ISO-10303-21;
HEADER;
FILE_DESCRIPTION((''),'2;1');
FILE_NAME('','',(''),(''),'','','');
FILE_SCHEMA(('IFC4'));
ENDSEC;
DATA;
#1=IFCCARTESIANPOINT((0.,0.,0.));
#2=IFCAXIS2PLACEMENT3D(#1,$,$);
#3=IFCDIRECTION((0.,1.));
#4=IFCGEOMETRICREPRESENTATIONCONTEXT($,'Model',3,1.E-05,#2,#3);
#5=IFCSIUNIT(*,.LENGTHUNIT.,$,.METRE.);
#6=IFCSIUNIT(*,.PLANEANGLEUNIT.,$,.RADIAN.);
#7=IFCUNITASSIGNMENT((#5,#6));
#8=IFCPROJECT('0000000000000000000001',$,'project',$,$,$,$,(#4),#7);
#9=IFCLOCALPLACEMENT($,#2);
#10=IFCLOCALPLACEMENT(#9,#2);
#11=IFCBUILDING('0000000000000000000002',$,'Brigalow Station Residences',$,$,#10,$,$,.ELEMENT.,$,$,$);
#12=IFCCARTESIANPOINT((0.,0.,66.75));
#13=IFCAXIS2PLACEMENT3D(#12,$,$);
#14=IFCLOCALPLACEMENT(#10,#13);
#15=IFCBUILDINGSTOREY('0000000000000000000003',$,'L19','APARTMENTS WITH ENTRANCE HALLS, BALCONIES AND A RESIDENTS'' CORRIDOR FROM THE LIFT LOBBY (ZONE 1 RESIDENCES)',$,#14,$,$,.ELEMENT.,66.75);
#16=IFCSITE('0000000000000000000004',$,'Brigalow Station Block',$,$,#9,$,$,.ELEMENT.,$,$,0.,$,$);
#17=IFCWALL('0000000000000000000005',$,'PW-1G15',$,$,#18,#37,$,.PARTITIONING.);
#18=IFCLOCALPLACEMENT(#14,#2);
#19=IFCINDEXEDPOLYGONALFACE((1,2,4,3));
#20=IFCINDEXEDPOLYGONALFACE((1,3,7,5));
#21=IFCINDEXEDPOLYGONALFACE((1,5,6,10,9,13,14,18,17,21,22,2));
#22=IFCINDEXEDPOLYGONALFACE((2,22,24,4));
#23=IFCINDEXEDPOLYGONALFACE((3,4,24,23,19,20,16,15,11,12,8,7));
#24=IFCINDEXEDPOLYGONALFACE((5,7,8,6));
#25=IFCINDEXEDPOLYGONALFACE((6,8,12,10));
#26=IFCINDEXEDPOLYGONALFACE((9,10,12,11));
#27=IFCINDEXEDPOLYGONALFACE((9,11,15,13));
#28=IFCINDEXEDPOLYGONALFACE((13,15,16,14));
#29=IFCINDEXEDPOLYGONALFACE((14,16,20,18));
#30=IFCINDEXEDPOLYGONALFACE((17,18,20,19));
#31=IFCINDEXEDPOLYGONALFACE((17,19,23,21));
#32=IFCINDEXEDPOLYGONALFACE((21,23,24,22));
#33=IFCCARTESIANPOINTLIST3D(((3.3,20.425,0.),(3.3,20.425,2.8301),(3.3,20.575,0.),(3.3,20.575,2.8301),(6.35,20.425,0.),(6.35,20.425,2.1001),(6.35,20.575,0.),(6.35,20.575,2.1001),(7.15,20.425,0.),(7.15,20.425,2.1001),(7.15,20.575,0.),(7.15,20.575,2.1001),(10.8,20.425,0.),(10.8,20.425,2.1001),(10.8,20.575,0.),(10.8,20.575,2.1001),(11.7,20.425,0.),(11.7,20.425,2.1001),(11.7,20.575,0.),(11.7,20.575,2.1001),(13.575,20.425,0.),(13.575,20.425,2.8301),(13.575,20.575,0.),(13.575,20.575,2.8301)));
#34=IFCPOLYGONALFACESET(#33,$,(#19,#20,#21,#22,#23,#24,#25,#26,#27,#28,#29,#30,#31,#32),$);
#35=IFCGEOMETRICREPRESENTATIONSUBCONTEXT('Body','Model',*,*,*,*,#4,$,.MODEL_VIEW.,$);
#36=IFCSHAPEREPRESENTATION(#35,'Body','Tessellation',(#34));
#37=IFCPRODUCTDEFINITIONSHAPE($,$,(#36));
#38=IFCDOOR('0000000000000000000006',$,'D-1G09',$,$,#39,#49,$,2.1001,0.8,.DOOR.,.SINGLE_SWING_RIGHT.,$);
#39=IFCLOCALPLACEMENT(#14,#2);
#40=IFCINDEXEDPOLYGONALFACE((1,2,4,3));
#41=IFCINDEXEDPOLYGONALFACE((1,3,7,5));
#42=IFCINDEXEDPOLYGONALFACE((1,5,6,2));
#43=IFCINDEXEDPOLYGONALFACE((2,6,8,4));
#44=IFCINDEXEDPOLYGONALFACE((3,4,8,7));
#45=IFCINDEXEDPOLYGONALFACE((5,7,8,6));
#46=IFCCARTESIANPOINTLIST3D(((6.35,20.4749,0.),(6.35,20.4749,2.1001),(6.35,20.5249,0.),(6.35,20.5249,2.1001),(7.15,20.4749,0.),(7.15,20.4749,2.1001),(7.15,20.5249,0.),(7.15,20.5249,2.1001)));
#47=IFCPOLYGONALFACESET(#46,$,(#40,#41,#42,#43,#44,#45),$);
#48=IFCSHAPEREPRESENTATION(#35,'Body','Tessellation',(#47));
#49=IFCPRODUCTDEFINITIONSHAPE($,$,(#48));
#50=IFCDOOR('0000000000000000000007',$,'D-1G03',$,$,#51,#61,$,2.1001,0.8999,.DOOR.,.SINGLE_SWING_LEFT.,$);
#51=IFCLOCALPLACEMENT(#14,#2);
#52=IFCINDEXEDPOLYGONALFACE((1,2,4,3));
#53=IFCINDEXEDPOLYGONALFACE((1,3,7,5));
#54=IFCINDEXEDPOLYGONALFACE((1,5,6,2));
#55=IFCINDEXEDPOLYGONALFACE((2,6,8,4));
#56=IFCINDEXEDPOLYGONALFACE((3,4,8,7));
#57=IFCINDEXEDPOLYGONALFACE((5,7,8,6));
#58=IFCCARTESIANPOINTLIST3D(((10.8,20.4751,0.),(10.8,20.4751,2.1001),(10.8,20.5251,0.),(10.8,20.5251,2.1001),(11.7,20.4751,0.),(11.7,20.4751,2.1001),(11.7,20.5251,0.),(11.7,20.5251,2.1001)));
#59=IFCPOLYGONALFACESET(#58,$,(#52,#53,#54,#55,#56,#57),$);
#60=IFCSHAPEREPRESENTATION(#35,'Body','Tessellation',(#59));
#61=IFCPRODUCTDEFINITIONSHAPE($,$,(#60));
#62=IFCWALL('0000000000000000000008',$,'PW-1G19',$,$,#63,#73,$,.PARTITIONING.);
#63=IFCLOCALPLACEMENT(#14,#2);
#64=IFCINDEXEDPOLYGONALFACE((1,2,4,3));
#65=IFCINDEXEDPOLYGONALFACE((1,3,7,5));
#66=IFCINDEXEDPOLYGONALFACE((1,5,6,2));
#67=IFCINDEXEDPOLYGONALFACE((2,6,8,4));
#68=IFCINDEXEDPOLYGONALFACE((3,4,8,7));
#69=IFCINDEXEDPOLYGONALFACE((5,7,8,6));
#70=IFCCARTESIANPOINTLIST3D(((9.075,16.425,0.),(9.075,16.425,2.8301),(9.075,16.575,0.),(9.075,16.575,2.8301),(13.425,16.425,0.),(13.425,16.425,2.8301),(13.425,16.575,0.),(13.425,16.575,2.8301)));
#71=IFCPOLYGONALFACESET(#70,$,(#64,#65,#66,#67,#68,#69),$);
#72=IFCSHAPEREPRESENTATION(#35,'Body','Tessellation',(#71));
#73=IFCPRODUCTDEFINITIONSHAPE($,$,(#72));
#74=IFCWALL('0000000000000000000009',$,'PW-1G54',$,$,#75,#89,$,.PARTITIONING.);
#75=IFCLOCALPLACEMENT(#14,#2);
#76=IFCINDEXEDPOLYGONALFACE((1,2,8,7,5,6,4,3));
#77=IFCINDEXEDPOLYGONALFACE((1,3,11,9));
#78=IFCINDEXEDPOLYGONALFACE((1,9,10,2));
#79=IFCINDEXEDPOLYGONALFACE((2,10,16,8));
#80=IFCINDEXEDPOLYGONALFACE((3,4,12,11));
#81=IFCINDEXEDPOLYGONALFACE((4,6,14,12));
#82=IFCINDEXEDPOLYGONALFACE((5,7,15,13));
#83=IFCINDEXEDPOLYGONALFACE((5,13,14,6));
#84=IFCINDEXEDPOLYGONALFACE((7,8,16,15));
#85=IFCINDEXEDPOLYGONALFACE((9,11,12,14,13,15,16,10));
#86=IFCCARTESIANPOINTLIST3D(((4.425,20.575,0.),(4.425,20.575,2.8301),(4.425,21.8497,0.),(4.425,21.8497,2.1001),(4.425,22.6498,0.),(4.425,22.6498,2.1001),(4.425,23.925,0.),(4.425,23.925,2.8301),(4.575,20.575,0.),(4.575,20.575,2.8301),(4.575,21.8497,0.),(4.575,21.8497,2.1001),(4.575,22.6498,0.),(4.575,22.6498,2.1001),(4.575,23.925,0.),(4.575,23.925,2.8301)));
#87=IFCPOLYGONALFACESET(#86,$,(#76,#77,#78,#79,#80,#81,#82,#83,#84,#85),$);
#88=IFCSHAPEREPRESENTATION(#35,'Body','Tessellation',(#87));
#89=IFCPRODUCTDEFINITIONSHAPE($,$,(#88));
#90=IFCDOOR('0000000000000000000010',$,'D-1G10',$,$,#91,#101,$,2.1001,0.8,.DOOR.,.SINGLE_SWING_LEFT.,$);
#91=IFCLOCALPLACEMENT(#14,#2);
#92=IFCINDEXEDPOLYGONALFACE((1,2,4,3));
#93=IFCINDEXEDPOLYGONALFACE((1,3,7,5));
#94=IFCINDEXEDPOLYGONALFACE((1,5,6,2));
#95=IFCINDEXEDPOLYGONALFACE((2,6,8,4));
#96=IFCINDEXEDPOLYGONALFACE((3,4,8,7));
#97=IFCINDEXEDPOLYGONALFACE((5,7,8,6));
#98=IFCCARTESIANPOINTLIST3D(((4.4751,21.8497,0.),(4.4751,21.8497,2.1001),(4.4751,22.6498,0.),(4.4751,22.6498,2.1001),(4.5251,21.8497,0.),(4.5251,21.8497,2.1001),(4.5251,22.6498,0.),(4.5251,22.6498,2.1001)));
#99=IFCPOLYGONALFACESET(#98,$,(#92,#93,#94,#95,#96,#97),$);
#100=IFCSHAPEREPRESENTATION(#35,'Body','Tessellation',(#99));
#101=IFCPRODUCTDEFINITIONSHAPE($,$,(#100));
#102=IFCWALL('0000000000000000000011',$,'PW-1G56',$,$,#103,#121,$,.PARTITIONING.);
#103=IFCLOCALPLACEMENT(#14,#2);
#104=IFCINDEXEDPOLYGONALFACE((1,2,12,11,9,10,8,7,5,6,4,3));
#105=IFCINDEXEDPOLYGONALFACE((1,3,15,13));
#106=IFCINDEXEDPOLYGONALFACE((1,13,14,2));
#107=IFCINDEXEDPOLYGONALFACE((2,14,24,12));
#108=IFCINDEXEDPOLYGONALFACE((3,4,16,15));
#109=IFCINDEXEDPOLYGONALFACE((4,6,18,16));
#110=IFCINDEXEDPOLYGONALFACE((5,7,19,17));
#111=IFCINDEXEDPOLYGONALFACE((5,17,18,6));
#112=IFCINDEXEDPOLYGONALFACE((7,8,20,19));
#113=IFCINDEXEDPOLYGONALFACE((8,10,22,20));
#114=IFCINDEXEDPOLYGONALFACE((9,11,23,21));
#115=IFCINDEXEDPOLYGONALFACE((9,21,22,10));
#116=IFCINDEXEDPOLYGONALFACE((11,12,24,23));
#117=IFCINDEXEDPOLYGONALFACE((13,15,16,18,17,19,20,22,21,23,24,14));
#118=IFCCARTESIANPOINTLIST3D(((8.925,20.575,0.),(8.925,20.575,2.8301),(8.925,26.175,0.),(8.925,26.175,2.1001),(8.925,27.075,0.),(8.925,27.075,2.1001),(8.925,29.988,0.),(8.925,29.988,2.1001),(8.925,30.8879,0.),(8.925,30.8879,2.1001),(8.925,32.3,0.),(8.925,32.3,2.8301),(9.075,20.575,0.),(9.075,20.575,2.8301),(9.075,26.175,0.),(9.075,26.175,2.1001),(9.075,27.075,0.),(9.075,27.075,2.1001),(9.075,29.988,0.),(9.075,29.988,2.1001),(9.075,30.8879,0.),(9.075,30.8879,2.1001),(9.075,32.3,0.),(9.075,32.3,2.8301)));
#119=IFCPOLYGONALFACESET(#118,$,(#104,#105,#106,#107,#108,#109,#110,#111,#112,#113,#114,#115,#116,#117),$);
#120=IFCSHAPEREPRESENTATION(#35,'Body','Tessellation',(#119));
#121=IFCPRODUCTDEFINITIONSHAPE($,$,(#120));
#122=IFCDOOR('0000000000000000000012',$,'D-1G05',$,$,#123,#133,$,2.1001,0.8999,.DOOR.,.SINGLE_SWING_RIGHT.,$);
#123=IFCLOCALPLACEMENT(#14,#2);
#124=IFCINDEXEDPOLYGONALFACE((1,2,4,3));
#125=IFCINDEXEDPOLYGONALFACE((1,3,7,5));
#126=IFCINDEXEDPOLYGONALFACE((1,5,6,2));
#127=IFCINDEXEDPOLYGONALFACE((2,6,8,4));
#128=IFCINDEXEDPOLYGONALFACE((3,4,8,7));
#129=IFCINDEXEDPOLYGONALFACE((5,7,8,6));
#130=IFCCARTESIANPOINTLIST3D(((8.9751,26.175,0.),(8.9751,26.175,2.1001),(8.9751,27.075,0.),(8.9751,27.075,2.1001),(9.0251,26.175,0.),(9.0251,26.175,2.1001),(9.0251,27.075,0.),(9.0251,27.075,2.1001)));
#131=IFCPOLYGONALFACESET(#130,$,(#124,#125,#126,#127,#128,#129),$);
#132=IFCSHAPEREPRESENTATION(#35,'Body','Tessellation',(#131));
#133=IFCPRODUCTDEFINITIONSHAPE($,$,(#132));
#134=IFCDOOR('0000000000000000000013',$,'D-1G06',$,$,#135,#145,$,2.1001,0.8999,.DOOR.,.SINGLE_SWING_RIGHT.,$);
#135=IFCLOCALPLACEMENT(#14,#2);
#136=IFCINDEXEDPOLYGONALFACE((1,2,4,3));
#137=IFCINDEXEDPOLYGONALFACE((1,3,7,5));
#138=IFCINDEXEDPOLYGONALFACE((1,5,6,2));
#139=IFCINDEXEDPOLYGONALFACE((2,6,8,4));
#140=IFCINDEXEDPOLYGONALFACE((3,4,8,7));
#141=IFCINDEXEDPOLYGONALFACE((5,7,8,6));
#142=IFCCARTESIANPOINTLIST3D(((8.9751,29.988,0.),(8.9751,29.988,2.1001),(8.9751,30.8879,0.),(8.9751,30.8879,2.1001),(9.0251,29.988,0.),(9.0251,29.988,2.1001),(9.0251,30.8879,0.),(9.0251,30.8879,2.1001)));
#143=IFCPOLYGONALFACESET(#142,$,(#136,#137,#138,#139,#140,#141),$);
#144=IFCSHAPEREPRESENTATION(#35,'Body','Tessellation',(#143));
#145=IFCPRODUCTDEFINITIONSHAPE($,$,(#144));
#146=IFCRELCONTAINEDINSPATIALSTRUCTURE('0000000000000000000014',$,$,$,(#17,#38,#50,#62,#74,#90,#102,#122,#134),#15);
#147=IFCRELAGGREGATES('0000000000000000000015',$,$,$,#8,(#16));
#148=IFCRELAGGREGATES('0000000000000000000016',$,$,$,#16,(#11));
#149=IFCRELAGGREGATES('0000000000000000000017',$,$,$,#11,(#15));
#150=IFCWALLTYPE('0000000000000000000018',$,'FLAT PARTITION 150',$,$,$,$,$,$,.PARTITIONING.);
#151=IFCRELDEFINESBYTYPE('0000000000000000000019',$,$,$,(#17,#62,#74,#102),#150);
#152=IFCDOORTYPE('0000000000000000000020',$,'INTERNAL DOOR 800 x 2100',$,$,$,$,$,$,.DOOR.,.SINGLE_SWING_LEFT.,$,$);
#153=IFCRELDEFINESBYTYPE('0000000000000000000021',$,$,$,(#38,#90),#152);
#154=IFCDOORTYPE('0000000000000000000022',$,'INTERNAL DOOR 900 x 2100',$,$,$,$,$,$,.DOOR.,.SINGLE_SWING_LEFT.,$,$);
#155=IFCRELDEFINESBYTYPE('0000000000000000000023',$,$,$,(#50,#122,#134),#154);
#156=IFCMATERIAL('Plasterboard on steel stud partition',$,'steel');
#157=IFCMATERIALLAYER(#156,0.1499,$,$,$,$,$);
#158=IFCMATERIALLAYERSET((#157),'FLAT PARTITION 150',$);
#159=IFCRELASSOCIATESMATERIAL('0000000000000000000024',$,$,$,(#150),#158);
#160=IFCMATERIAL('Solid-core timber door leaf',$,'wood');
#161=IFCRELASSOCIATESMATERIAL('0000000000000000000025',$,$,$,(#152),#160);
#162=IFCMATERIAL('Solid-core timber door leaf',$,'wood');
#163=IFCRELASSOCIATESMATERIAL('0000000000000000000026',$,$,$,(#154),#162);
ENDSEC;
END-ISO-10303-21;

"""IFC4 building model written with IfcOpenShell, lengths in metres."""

from ifc_helpers import new_model, si_unit, direction, frame, frame_2d, origin, place, context, subcontext, project, spatial, rectangle, extrude, material, layer, layer_set, type_object, element, fill, save


model = new_model("IFC4")

# Units and contexts
model_context = context("Model", 3, precision=1e-05, world=origin(), true_north=direction((0.0, 1.0)))
body_context = subcontext(model_context, "Body", "Model", "MODEL_VIEW")
ifc_project = project(units=[si_unit("LENGTHUNIT", "METRE"), si_unit("PLANEANGLEUNIT", "RADIAN")], contexts=[model_context])

# Site, building, storey
site_placement = place(None, origin())
site = spatial("IfcSite", under=ifc_project, at=site_placement, Name="Brigalow Station Block", CompositionType="ELEMENT", RefElevation=0.0)
building_placement = place(site_placement, origin())
building = spatial("IfcBuilding", under=site, at=building_placement, Name="Brigalow Station Residences", CompositionType="ELEMENT")
storey_placement = place(building_placement, frame((0.0, 0.0, 66.75)))
storey = spatial("IfcBuildingStorey", under=building, at=storey_placement, Name="L19", Description="APARTMENTS WITH ENTRANCE HALLS, BALCONIES AND A RESIDENTS' CORRIDOR FROM THE LIFT LOBBY (ZONE 1 RESIDENCES)", CompositionType="ELEMENT", Elevation=66.75)

# Wall, openings, doors
ifc_material_1 = material(Name="Plasterboard on steel stud partition", Category="steel")
ifc_layer_1 = layer(ifc_material_1, 0.1499)
ifc_layer_set_1 = layer_set([ifc_layer_1], Name="FLAT PARTITION 150")
wall_type_1 = type_object("IfcWallType", Name="FLAT PARTITION 150", PredefinedType="PARTITIONING", material=ifc_layer_set_1)
wall_1_placement = place(storey_placement, frame((3.3, 20.5, 0.0), z_axis=(0.0, 0.0, 1.0), x_axis=(1.0, 0.0, 0.0)))
wall_1 = element("IfcWall", 1, at=wall_1_placement, inside=storey, type_object=wall_type_1, Name="PW-1G15", PredefinedType="PARTITIONING", context=body_context, shape_type="SweptSolid", body=[
    extrude(rectangle(XDim=10.2749, YDim=0.1499, at=frame_2d((5.1375, 0.0))), origin(), (0.0, 0.0, 1.0), 2.8301),
])
opening_1_placement = place(wall_1_placement, frame((7.5, 0.0, 0.0)))
opening_1 = element("IfcOpeningElement", 2, at=opening_1_placement, cuts=wall_1, PredefinedType="OPENING", context=body_context, shape_type="SweptSolid", body=[
    extrude(rectangle(XDim=0.8999, YDim=2.1001, at=frame_2d((0.45, 1.05))), frame((0.0, 0.085, 0.0), z_axis=(0.0, -1.0, 0.0), x_axis=(1.0, 0.0, 0.0)), (0.0, 0.0, 1.0), 0.1699),
])
opening_2_placement = place(wall_1_placement, frame((3.05, 0.0, 0.0)))
opening_2 = element("IfcOpeningElement", 3, at=opening_2_placement, cuts=wall_1, PredefinedType="OPENING", context=body_context, shape_type="SweptSolid", body=[
    extrude(rectangle(XDim=0.8, YDim=2.1001, at=frame_2d((0.3999, 1.05))), frame((0.0, 0.085, 0.0), z_axis=(0.0, -1.0, 0.0), x_axis=(1.0, 0.0, 0.0)), (0.0, 0.0, 1.0), 0.1699),
])
ifc_material_2 = material(Name="Solid-core timber door leaf", Category="wood")
door_type_1 = type_object("IfcDoorType", Name="INTERNAL DOOR 800 x 2100", OperationType="SINGLE_SWING_LEFT", PredefinedType="DOOR", material=ifc_material_2)
door_1_placement = place(opening_2_placement, origin())
door_1 = element("IfcDoor", 4, at=door_1_placement, inside=storey, type_object=door_type_1, Name="D-1G09", OperationType="SINGLE_SWING_RIGHT", OverallHeight=2.1001, OverallWidth=0.8, PredefinedType="DOOR", context=body_context, shape_type="SweptSolid", body=[
    extrude(rectangle(XDim=0.8, YDim=2.1001, at=frame_2d((0.3999, 1.05))), frame((0.0, 0.0249, 0.0), z_axis=(0.0, -1.0, 0.0), x_axis=(1.0, 0.0, 0.0)), (0.0, 0.0, 1.0), 0.05),
])
fill(opening_2, door_1)
ifc_material_3 = material(Name="Solid-core timber door leaf", Category="wood")
door_type_2 = type_object("IfcDoorType", Name="INTERNAL DOOR 900 x 2100", OperationType="SINGLE_SWING_LEFT", PredefinedType="DOOR", material=ifc_material_3)
door_2_placement = place(opening_1_placement, frame((0.8999, 0.0, 0.0), z_axis=(0.0, 0.0, 1.0), x_axis=(-1.0, 0.0, 0.0)))
door_2 = element("IfcDoor", 5, at=door_2_placement, inside=storey, type_object=door_type_2, Name="D-1G03", OperationType="SINGLE_SWING_LEFT", OverallHeight=2.1001, OverallWidth=0.8999, PredefinedType="DOOR", context=body_context, shape_type="SweptSolid", body=[
    extrude(rectangle(XDim=0.8999, YDim=2.1001, at=frame_2d((0.45, 1.05))), frame((0.0, 0.0249, 0.0), z_axis=(0.0, -1.0, 0.0), x_axis=(1.0, 0.0, 0.0)), (0.0, 0.0, 1.0), 0.05),
])
fill(opening_1, door_2)

# Wall
wall_2_placement = place(storey_placement, frame((9.075, 16.5, 0.0), z_axis=(0.0, 0.0, 1.0), x_axis=(1.0, 0.0, 0.0)))
element("IfcWall", 6, at=wall_2_placement, inside=storey, type_object=wall_type_1, Name="PW-1G19", PredefinedType="PARTITIONING", context=body_context, shape_type="SweptSolid", body=[
    extrude(rectangle(XDim=4.3501, YDim=0.1499, at=frame_2d((2.175, 0.0))), origin(), (0.0, 0.0, 1.0), 2.8301),
])

# Wall, opening, door
wall_3_placement = place(storey_placement, frame((4.5, 20.575, 0.0), z_axis=(0.0, 0.0, 1.0), x_axis=(0.0, 1.0, 0.0)))
wall_3 = element("IfcWall", 7, at=wall_3_placement, inside=storey, type_object=wall_type_1, Name="PW-1G54", PredefinedType="PARTITIONING", context=body_context, shape_type="SweptSolid", body=[
    extrude(rectangle(XDim=3.3501, YDim=0.1499, at=frame_2d((1.675, 0.0))), origin(), (0.0, 0.0, 1.0), 2.8301),
])
opening_3_placement = place(wall_3_placement, frame((1.2749, 0.0, 0.0)))
opening_3 = element("IfcOpeningElement", 8, at=opening_3_placement, cuts=wall_3, PredefinedType="OPENING", context=body_context, shape_type="SweptSolid", body=[
    extrude(rectangle(XDim=0.8, YDim=2.1001, at=frame_2d((0.3999, 1.05))), frame((0.0, 0.085, 0.0), z_axis=(0.0, -1.0, 0.0), x_axis=(1.0, 0.0, 0.0)), (0.0, 0.0, 1.0), 0.1699),
])
door_3_placement = place(opening_3_placement, origin())
door_3 = element("IfcDoor", 9, at=door_3_placement, inside=storey, type_object=door_type_1, Name="D-1G10", OperationType="SINGLE_SWING_LEFT", OverallHeight=2.1001, OverallWidth=0.8, PredefinedType="DOOR", context=body_context, shape_type="SweptSolid", body=[
    extrude(rectangle(XDim=0.8, YDim=2.1001, at=frame_2d((0.3999, 1.05))), frame((0.0, 0.0249, 0.0), z_axis=(0.0, -1.0, 0.0), x_axis=(1.0, 0.0, 0.0)), (0.0, 0.0, 1.0), 0.05),
])
fill(opening_3, door_3)

# Wall, openings, doors
wall_4_placement = place(storey_placement, frame((9.0, 20.575, 0.0), z_axis=(0.0, 0.0, 1.0), x_axis=(0.0, 1.0, 0.0)))
wall_4 = element("IfcWall", 10, at=wall_4_placement, inside=storey, type_object=wall_type_1, Name="PW-1G56", PredefinedType="PARTITIONING", context=body_context, shape_type="SweptSolid", body=[
    extrude(rectangle(XDim=11.7251, YDim=0.1499, at=frame_2d((5.8625, 0.0))), origin(), (0.0, 0.0, 1.0), 2.8301),
])
opening_4_placement = place(wall_4_placement, frame((5.6001, 0.0, 0.0)))
opening_4 = element("IfcOpeningElement", 11, at=opening_4_placement, cuts=wall_4, PredefinedType="OPENING", context=body_context, shape_type="SweptSolid", body=[
    extrude(rectangle(XDim=0.8999, YDim=2.1001, at=frame_2d((0.45, 1.05))), frame((0.0, 0.085, 0.0), z_axis=(0.0, -1.0, 0.0), x_axis=(1.0, 0.0, 0.0)), (0.0, 0.0, 1.0), 0.1699),
])
opening_5_placement = place(wall_4_placement, frame((9.4131, 0.0, 0.0)))
opening_5 = element("IfcOpeningElement", 12, at=opening_5_placement, cuts=wall_4, PredefinedType="OPENING", context=body_context, shape_type="SweptSolid", body=[
    extrude(rectangle(XDim=0.8999, YDim=2.1001, at=frame_2d((0.45, 1.05))), frame((0.0, 0.085, 0.0), z_axis=(0.0, -1.0, 0.0), x_axis=(1.0, 0.0, 0.0)), (0.0, 0.0, 1.0), 0.1699),
])
door_4_placement = place(opening_4_placement, origin())
door_4 = element("IfcDoor", 13, at=door_4_placement, inside=storey, type_object=door_type_2, Name="D-1G05", OperationType="SINGLE_SWING_RIGHT", OverallHeight=2.1001, OverallWidth=0.8999, PredefinedType="DOOR", context=body_context, shape_type="SweptSolid", body=[
    extrude(rectangle(XDim=0.8999, YDim=2.1001, at=frame_2d((0.45, 1.05))), frame((0.0, 0.0249, 0.0), z_axis=(0.0, -1.0, 0.0), x_axis=(1.0, 0.0, 0.0)), (0.0, 0.0, 1.0), 0.05),
])
fill(opening_4, door_4)
door_5_placement = place(opening_5_placement, origin())
door_5 = element("IfcDoor", 14, at=door_5_placement, inside=storey, type_object=door_type_2, Name="D-1G06", OperationType="SINGLE_SWING_RIGHT", OverallHeight=2.1001, OverallWidth=0.8999, PredefinedType="DOOR", context=body_context, shape_type="SweptSolid", body=[
    extrude(rectangle(XDim=0.8999, YDim=2.1001, at=frame_2d((0.45, 1.05))), frame((0.0, 0.0249, 0.0), z_axis=(0.0, -1.0, 0.0), x_axis=(1.0, 0.0, 0.0)), (0.0, 0.0, 1.0), 0.05),
])
fill(opening_5, door_5)

save(model, "model.ifc")
